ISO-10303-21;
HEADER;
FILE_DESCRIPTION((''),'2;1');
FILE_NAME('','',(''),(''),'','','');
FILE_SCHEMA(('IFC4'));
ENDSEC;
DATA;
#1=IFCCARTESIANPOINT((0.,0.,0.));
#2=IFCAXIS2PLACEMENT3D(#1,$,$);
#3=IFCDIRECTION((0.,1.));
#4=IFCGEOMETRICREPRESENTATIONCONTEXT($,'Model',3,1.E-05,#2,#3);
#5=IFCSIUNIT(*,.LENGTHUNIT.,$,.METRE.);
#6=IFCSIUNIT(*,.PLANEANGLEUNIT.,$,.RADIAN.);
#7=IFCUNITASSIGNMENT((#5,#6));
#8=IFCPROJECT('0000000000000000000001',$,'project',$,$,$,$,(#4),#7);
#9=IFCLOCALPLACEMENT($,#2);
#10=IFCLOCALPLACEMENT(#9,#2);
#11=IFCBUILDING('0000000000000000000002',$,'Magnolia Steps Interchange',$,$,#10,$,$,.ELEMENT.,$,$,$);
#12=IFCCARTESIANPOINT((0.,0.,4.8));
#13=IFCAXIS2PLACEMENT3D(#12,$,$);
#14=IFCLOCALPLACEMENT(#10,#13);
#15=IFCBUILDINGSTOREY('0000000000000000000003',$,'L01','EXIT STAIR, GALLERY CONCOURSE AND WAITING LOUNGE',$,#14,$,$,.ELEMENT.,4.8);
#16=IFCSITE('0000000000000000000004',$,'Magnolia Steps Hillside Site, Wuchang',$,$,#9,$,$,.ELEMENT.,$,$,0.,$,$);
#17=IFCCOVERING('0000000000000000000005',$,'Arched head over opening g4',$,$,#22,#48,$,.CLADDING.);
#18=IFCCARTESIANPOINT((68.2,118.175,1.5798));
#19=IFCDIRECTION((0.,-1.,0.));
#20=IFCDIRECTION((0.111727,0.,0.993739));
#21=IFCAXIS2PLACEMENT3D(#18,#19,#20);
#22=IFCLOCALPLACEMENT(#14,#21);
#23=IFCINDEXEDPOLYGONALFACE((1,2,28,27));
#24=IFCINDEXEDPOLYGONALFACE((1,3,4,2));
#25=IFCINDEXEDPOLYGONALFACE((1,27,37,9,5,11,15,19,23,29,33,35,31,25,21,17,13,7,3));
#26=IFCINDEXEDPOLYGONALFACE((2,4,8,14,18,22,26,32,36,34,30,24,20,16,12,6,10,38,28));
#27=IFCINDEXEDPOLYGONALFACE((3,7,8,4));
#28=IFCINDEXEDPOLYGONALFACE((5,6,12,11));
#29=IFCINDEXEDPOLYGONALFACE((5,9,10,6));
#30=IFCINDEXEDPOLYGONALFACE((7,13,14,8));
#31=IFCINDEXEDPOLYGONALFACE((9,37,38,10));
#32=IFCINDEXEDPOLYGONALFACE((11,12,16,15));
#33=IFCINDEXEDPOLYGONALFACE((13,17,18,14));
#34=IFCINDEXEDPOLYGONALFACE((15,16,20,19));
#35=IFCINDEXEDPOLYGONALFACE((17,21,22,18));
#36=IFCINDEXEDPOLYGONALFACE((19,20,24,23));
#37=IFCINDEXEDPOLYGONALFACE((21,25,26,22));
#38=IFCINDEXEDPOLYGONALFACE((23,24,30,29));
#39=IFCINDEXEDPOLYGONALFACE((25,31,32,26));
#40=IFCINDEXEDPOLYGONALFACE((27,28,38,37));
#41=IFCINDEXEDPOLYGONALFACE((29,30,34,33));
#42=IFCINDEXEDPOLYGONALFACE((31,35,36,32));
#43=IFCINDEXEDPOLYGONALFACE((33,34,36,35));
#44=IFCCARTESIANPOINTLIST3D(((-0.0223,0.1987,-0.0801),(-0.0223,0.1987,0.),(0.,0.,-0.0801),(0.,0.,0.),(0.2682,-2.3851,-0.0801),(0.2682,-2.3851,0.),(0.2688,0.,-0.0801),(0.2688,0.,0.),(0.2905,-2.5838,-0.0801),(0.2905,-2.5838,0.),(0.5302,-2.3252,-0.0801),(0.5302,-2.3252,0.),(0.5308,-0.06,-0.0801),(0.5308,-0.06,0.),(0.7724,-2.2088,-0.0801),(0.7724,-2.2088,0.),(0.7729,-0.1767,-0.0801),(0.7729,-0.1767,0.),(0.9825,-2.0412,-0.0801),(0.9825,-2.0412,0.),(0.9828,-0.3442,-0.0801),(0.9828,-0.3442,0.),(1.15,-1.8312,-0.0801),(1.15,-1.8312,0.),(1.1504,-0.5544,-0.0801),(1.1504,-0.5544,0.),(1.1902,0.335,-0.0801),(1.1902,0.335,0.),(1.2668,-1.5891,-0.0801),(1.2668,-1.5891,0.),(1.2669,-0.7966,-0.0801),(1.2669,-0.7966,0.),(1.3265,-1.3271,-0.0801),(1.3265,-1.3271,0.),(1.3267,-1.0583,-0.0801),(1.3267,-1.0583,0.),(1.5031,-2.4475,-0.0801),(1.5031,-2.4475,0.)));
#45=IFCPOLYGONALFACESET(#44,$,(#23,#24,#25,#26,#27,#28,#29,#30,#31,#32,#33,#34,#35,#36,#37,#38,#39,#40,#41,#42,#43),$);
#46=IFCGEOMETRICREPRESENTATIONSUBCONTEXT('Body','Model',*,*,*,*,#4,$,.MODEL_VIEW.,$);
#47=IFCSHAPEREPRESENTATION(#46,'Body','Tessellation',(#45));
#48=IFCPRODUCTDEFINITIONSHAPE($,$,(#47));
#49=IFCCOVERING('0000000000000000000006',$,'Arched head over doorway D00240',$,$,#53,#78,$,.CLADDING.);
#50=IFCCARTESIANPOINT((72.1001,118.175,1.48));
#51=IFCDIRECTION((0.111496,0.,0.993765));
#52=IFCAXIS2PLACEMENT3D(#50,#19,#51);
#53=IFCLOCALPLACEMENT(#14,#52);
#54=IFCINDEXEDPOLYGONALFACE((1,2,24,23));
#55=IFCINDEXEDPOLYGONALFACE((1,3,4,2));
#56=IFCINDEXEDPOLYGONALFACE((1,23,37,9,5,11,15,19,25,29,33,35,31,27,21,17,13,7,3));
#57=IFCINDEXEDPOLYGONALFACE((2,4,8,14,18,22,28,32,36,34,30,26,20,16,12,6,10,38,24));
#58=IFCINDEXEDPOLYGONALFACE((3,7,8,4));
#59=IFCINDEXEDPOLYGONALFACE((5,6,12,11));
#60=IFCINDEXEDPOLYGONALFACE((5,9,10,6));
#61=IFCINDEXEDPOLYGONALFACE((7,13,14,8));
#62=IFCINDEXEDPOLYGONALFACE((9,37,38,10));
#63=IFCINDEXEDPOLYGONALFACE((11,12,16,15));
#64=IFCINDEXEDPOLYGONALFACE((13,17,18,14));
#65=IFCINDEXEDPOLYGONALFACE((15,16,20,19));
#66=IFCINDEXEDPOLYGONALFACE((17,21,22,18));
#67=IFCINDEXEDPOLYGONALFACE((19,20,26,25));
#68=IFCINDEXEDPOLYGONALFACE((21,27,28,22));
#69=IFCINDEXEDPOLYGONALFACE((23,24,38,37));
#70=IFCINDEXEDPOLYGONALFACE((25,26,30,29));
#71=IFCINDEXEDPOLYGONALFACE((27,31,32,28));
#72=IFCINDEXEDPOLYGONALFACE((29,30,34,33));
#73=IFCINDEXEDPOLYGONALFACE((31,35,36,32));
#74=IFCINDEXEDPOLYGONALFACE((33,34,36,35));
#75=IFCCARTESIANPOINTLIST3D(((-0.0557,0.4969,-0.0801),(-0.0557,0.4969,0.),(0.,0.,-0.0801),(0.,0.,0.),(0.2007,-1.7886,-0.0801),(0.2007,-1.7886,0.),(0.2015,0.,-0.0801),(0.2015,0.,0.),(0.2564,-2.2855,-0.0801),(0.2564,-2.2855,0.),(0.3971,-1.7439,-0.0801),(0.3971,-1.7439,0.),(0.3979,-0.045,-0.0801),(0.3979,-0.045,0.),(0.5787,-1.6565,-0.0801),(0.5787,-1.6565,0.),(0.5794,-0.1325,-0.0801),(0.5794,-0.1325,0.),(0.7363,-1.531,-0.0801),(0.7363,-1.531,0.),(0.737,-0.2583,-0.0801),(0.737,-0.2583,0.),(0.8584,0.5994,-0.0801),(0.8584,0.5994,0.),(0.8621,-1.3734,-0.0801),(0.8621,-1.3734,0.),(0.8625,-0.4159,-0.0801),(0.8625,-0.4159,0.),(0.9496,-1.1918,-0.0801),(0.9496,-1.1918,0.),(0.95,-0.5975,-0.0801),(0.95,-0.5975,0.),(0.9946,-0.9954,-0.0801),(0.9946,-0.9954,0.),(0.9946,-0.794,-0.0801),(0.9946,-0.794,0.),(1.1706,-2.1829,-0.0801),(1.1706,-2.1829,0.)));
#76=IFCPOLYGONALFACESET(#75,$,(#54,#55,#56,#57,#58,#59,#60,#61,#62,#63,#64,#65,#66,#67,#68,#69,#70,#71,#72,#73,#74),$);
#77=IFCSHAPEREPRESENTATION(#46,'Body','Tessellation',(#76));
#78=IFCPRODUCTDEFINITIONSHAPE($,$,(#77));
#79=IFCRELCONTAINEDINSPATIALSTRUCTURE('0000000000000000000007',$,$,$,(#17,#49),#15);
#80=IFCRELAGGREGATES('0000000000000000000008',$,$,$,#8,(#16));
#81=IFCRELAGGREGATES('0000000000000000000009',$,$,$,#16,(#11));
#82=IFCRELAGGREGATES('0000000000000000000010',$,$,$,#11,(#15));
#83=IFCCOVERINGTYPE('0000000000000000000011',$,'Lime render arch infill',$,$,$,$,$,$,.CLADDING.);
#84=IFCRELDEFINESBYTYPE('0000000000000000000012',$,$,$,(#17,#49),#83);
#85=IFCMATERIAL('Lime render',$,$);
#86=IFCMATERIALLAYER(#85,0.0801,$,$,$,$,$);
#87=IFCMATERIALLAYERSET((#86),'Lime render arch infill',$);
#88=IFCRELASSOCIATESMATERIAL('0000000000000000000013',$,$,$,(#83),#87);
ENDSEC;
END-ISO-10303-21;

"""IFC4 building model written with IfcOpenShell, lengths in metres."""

from ifc_helpers import new_model, si_unit, direction, frame, origin, place, context, subcontext, project, spatial, polyline, outline, extrude, material, layer, layer_set, type_object, element, save


model = new_model("IFC4")

# Units and contexts
model_context = context("Model", 3, precision=1e-05, world=origin(), true_north=direction((0.0, 1.0)))
body_context = subcontext(model_context, "Body", "Model", "MODEL_VIEW")
ifc_project = project(units=[si_unit("LENGTHUNIT", "METRE"), si_unit("PLANEANGLEUNIT", "RADIAN")], contexts=[model_context])

# Site, building, storey
site_placement = place(None, origin())
site = spatial("IfcSite", under=ifc_project, at=site_placement, Name="Magnolia Steps Hillside Site, Wuchang", CompositionType="ELEMENT", RefElevation=0.0)
building_placement = place(site_placement, origin())
building = spatial("IfcBuilding", under=site, at=building_placement, Name="Magnolia Steps Interchange", CompositionType="ELEMENT")
storey_placement = place(building_placement, frame((0.0, 0.0, 4.8)))
storey = spatial("IfcBuildingStorey", under=building, at=storey_placement, Name="L01", Description="EXIT STAIR, GALLERY CONCOURSE AND WAITING LOUNGE", CompositionType="ELEMENT", Elevation=4.8)

# Coverings
ifc_material_1 = material(Name="Lime render")
ifc_layer_1 = layer(ifc_material_1, 0.0801)
ifc_layer_set_1 = layer_set([ifc_layer_1], Name="Lime render arch infill")
covering_type_1 = type_object("IfcCoveringType", Name="Lime render arch infill", PredefinedType="CLADDING", material=ifc_layer_set_1)
covering_1_placement = place(storey_placement, frame((68.2, 118.175, 1.5798), z_axis=(0.0, -1.0, 0.0), x_axis=(0.111727, 0.0, 0.993739)))
element("IfcCovering", 1, at=covering_1_placement, inside=storey, type_object=covering_type_1, Name="Arched head over opening g4", PredefinedType="CLADDING", context=body_context, shape_type="SweptSolid", body=[
    extrude(outline(polyline([(0.0, 0.0), (0.2688, 0.0), (0.5308, -0.06), (0.7729, -0.1767), (0.9828, -0.3442), (1.1504, -0.5544), (1.2669, -0.7966), (1.3267, -1.0583), (1.3265, -1.3271), (1.2668, -1.5891), (1.15, -1.8312), (0.9825, -2.0412), (0.7724, -2.2088), (0.5302, -2.3252), (0.2682, -2.3851), (0.2905, -2.5838), (1.5031, -2.4475), (1.1902, 0.335), (-0.0223, 0.1987), (0.0, 0.0)])), origin(), (0.0, 0.0, -1.0), 0.0801),
])
covering_2_placement = place(storey_placement, frame((72.1001, 118.175, 1.48), z_axis=(0.0, -1.0, 0.0), x_axis=(0.111496, 0.0, 0.993765)))
element("IfcCovering", 2, at=covering_2_placement, inside=storey, type_object=covering_type_1, Name="Arched head over doorway D00240", PredefinedType="CLADDING", context=body_context, shape_type="SweptSolid", body=[
    extrude(outline(polyline([(0.0, 0.0), (0.2015, 0.0), (0.3979, -0.045), (0.5794, -0.1325), (0.737, -0.2583), (0.8625, -0.4159), (0.95, -0.5975), (0.9946, -0.794), (0.9946, -0.9954), (0.9496, -1.1918), (0.8621, -1.3734), (0.7363, -1.531), (0.5787, -1.6565), (0.3971, -1.7439), (0.2007, -1.7886), (0.2564, -2.2855), (1.1706, -2.1829), (0.8584, 0.5994), (-0.0557, 0.4969), (0.0, 0.0)])), origin(), (0.0, 0.0, -1.0), 0.0801),
])

save(model, "model.ifc")
